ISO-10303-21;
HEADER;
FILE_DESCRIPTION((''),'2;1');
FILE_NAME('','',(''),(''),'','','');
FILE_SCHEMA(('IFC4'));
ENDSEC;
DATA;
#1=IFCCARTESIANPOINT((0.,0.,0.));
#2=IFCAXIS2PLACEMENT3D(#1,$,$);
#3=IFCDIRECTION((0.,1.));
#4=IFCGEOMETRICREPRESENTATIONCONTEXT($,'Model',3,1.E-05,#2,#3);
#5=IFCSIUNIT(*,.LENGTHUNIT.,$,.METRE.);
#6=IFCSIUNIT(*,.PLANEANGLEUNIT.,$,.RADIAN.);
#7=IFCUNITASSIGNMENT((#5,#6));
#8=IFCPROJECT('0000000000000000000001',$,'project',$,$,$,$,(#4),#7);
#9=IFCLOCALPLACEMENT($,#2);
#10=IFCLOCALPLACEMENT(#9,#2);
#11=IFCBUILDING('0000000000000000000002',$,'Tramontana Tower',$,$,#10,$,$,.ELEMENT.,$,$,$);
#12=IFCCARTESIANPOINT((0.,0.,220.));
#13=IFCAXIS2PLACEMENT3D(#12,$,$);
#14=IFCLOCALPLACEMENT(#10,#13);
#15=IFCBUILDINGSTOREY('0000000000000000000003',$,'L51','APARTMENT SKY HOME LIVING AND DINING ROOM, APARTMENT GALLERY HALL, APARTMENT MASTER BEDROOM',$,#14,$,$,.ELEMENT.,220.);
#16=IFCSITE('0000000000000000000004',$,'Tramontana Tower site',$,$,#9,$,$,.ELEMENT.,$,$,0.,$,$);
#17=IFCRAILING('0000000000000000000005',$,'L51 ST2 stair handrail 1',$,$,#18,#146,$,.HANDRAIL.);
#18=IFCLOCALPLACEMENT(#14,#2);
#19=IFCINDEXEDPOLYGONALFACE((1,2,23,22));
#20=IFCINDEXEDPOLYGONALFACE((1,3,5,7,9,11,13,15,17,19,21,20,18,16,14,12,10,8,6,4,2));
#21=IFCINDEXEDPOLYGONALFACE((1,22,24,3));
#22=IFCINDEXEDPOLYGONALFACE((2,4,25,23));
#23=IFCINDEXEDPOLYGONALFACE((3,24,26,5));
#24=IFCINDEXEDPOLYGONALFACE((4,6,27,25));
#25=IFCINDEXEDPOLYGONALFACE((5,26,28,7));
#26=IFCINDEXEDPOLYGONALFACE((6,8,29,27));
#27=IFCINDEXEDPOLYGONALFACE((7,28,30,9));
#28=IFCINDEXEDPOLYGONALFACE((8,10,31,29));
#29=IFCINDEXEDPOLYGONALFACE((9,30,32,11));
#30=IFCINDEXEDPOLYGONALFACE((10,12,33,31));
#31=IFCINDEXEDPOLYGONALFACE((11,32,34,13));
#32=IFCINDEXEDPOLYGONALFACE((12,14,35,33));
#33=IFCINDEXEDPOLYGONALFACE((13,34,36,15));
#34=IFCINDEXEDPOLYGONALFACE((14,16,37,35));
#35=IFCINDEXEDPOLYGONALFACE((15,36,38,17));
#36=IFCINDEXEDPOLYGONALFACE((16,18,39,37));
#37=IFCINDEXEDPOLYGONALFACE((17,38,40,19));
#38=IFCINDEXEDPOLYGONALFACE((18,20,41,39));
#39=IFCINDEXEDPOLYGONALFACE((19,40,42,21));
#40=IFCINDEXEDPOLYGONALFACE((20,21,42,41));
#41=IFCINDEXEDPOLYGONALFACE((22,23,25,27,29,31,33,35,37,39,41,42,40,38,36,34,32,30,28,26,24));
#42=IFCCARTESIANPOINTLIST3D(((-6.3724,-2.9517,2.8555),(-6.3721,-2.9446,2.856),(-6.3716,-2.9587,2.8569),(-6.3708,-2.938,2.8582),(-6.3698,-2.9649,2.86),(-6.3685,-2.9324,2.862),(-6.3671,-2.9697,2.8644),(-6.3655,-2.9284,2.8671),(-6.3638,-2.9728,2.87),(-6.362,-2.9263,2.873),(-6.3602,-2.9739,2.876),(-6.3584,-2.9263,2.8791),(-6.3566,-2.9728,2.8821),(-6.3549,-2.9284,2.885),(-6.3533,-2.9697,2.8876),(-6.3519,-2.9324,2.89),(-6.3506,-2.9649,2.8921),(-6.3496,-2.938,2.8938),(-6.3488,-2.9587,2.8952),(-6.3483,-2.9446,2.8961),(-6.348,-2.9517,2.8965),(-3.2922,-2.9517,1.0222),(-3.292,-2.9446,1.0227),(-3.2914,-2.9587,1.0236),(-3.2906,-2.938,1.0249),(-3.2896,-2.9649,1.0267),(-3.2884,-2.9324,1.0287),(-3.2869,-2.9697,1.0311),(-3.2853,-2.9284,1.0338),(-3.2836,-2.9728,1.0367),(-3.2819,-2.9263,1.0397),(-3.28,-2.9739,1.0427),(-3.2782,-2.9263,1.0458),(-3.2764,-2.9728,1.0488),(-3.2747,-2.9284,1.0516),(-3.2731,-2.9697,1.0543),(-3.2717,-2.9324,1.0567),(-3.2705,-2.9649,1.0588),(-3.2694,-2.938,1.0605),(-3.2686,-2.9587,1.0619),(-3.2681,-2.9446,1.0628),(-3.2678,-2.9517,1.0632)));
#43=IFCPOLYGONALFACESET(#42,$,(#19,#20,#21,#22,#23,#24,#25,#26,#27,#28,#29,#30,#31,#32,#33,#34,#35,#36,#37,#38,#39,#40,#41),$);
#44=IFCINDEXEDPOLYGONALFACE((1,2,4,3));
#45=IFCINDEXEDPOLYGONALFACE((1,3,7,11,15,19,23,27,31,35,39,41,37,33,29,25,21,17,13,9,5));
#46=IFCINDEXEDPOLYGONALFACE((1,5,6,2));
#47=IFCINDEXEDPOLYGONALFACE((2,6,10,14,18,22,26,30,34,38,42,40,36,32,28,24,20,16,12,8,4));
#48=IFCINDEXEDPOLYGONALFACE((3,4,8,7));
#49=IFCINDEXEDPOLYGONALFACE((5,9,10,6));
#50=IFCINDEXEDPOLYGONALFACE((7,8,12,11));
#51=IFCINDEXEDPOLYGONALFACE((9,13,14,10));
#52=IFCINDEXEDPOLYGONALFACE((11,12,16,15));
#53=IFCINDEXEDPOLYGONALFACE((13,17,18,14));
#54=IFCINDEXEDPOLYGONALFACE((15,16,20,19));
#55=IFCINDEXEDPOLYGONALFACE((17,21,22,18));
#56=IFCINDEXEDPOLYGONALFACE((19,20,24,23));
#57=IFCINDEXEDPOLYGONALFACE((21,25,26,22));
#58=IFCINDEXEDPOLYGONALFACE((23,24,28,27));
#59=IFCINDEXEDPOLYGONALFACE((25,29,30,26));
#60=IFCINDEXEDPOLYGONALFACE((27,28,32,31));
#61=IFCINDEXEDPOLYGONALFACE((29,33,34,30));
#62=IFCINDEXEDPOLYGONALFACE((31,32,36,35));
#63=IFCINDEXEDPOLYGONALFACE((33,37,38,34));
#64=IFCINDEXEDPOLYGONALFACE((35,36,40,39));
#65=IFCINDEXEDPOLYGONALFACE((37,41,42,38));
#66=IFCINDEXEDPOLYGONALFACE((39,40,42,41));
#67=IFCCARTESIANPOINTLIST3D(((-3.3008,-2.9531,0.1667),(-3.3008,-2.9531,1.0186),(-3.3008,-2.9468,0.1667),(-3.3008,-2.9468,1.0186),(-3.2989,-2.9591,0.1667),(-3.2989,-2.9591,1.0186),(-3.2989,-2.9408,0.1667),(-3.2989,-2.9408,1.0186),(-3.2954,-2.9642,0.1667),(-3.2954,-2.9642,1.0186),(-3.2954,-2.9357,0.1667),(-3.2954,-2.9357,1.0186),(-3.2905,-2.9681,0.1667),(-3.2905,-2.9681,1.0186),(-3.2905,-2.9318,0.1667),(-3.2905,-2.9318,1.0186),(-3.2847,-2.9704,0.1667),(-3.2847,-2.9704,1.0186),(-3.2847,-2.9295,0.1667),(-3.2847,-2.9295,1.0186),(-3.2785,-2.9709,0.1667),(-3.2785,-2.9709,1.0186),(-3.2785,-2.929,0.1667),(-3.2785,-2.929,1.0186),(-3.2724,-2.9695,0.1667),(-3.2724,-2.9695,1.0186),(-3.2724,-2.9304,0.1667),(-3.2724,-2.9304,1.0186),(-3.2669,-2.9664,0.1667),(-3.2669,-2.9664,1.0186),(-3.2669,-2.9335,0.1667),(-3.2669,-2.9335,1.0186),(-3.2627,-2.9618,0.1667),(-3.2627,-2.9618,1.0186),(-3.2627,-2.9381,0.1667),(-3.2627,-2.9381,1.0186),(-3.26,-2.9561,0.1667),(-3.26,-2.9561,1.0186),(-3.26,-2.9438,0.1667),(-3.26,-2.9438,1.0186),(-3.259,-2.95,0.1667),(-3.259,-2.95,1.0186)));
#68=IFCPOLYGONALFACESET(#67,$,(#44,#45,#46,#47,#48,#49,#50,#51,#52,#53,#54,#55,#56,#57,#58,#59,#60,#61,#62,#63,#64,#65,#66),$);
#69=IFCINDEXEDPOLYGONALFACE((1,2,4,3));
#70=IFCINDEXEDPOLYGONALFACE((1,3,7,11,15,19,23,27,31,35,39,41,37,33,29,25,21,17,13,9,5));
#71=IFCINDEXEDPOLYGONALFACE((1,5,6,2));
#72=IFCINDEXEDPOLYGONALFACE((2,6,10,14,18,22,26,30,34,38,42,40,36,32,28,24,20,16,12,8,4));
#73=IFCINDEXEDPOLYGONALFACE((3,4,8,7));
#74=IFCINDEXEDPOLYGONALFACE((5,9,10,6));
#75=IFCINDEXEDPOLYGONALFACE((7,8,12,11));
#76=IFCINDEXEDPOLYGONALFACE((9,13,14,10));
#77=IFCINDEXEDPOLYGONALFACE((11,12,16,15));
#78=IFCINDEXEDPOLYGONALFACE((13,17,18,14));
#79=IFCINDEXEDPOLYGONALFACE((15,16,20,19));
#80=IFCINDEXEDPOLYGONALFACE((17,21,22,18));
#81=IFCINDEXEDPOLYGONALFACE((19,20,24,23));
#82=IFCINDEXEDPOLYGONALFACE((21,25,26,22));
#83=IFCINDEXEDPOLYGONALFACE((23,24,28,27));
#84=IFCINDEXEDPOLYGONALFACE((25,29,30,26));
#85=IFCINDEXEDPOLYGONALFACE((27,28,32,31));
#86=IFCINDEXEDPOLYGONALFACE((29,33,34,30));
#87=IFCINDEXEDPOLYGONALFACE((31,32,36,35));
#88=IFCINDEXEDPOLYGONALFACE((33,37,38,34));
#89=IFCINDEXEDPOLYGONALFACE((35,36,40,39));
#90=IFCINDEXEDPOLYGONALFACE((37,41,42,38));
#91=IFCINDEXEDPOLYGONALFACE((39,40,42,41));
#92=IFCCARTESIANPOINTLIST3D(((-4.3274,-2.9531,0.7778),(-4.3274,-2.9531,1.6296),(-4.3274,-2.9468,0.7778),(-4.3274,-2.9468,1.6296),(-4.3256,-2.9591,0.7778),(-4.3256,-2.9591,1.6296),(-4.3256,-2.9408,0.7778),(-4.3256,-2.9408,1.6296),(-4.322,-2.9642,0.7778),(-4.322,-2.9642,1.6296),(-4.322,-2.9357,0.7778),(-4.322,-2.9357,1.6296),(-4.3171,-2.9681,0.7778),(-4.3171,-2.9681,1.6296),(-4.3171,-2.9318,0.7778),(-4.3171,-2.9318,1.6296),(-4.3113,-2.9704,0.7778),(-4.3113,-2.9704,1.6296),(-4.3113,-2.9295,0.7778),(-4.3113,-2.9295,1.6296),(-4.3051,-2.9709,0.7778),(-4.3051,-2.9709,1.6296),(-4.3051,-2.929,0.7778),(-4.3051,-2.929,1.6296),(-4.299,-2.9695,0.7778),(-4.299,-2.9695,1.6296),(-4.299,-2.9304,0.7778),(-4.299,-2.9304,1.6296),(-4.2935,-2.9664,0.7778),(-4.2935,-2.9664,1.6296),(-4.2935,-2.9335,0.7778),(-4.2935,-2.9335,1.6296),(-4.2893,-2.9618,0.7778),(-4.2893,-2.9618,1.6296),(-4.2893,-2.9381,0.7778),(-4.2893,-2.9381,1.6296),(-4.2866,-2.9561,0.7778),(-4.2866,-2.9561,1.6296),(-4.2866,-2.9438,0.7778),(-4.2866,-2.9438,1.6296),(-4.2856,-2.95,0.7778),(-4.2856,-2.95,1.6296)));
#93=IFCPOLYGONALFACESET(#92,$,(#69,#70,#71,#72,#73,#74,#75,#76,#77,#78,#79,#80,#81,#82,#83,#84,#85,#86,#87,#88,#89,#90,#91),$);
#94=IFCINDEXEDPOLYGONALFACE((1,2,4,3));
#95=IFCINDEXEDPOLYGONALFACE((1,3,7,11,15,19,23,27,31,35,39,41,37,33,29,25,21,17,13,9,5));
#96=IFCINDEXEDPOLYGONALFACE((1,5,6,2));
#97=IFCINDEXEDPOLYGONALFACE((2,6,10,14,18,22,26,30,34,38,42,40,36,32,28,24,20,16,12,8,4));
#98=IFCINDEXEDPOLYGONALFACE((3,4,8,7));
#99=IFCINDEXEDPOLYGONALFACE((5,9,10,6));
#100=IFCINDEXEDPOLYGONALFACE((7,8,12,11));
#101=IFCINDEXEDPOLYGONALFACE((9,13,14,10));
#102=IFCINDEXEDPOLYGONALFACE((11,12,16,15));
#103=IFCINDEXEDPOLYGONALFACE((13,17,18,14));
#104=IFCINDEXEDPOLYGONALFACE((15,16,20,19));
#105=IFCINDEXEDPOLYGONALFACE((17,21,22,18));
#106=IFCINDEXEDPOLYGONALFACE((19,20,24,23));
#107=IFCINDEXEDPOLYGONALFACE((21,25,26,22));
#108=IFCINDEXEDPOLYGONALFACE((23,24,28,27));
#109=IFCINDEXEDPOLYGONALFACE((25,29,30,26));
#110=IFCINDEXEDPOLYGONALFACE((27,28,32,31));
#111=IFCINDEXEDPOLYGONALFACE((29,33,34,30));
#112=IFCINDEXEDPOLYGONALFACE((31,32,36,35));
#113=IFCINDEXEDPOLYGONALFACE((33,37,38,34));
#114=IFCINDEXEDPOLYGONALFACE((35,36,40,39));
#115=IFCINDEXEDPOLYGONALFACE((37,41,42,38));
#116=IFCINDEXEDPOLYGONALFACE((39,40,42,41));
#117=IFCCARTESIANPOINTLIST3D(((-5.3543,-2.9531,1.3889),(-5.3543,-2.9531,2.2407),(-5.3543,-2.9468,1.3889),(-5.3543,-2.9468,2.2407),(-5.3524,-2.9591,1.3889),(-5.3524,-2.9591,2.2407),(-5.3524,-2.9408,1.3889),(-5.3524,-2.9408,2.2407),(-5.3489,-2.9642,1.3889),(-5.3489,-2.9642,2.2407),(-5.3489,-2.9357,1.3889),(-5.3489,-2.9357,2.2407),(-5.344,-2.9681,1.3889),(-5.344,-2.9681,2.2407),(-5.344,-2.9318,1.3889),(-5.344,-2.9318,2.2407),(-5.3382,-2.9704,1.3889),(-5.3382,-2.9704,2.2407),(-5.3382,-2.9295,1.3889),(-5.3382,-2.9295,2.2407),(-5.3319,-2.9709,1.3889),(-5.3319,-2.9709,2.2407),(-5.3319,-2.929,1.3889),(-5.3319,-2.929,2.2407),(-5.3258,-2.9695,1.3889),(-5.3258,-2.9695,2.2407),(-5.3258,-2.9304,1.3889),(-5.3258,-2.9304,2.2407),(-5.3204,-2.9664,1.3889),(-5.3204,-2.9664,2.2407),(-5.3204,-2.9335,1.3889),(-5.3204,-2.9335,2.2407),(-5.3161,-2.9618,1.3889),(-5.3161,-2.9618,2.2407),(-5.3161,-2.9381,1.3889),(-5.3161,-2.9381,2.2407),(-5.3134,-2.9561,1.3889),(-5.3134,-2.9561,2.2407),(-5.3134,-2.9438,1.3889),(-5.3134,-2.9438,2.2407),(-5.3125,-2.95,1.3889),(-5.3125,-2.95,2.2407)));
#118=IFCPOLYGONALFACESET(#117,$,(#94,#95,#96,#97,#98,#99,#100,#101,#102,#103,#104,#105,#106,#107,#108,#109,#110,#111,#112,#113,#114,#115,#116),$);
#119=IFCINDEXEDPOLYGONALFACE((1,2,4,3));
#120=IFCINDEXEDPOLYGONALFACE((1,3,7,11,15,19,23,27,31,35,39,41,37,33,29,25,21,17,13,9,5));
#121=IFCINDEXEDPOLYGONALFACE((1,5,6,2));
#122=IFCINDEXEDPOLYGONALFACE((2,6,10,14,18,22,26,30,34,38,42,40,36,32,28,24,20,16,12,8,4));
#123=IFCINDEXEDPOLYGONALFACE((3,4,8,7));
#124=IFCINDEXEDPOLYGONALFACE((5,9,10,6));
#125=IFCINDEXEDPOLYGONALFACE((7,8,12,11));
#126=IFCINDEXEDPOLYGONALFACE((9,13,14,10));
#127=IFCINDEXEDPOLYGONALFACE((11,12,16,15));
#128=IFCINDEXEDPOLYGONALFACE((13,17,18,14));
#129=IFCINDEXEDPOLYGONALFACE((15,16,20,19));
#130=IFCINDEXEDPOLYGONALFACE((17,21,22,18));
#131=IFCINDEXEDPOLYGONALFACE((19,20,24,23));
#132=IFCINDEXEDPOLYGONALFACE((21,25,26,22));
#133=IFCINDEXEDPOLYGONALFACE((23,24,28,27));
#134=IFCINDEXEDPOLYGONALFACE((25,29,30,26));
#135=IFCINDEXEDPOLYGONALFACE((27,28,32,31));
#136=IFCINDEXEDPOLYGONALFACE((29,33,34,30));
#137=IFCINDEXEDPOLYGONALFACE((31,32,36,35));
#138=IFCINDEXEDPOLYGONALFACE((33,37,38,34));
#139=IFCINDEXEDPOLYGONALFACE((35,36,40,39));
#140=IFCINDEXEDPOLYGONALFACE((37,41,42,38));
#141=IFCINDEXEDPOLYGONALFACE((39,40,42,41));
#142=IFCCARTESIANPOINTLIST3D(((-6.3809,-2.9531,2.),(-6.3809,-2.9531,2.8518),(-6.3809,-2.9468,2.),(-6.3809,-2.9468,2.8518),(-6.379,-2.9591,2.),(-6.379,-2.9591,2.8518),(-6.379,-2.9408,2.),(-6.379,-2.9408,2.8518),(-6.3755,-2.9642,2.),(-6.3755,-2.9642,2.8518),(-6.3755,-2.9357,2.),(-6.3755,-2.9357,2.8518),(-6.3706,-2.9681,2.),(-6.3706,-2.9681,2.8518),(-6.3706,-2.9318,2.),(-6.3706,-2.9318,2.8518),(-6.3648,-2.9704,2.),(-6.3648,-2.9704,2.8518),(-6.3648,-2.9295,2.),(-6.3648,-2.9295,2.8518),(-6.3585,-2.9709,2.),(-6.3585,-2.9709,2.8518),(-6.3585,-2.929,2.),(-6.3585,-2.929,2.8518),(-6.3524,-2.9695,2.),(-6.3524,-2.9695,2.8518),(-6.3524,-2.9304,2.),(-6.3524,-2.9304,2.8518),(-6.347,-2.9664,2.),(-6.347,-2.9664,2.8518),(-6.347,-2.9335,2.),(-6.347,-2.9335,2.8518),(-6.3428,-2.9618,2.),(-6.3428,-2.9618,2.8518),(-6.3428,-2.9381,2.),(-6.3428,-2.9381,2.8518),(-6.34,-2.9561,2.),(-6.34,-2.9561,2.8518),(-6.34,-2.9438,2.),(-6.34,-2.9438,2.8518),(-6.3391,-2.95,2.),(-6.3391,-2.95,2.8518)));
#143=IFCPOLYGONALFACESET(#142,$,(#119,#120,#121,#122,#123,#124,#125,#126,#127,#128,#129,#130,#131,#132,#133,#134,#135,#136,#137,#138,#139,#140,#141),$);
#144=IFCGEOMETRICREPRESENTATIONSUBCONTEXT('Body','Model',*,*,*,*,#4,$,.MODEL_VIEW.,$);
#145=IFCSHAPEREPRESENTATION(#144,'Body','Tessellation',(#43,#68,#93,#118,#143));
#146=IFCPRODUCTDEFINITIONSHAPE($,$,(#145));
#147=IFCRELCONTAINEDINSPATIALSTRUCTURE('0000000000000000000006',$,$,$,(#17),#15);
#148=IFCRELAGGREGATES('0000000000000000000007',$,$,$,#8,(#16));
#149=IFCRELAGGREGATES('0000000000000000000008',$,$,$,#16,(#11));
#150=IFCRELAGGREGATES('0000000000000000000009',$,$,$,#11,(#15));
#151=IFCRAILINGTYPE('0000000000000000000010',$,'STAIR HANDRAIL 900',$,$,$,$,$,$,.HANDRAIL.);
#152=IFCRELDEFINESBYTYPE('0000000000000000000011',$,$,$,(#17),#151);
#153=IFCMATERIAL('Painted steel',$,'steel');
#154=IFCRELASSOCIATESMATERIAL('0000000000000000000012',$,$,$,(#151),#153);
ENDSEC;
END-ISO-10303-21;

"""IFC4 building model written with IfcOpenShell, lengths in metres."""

from ifc_helpers import new_model, si_unit, direction, frame, origin, origin_2d, place, context, subcontext, project, spatial, circle, extrude, material, type_object, element, save


model = new_model("IFC4")

# Units and contexts
model_context = context("Model", 3, precision=1e-05, world=origin(), true_north=direction((0.0, 1.0)))
body_context = subcontext(model_context, "Body", "Model", "MODEL_VIEW")
ifc_project = project(units=[si_unit("LENGTHUNIT", "METRE"), si_unit("PLANEANGLEUNIT", "RADIAN")], contexts=[model_context])

# Site, building, storey
site_placement = place(None, origin())
site = spatial("IfcSite", under=ifc_project, at=site_placement, Name="Tramontana Tower site", CompositionType="ELEMENT", RefElevation=0.0)
building_placement = place(site_placement, origin())
building = spatial("IfcBuilding", under=site, at=building_placement, Name="Tramontana Tower", CompositionType="ELEMENT")
storey_placement = place(building_placement, frame((0.0, 0.0, 220.0)))
storey = spatial("IfcBuildingStorey", under=building, at=storey_placement, Name="L51", Description="APARTMENT SKY HOME LIVING AND DINING ROOM, APARTMENT GALLERY HALL, APARTMENT MASTER BEDROOM", CompositionType="ELEMENT", Elevation=220.0)

# Railing
ifc_material_1 = material(Name="Painted steel", Category="steel")
railing_type_1 = type_object("IfcRailingType", Name="STAIR HANDRAIL 900", PredefinedType="HANDRAIL", material=ifc_material_1)
railing_1_placement = place(storey_placement, frame((-3.28, -2.95, 0.1667)))
element("IfcRailing", 1, at=railing_1_placement, inside=storey, type_object=railing_type_1, Name="L51 ST2 stair handrail 1", PredefinedType="HANDRAIL", context=body_context, shape_type="SweptSolid", body=[
    extrude(circle(Radius=0.0239, at=origin_2d()), frame((0.0, 0.0, 0.876), z_axis=(-0.859309, 0.0, 0.511458), x_axis=(0.0, -1.0, 0.0)), (0.0, 0.0, 1.0), 3.5845),
    extrude(circle(Radius=0.021, at=origin_2d()), origin(), (0.0, 0.0, 1.0), 0.8518),
    extrude(circle(Radius=0.021, at=origin_2d()), frame((-1.0266, 0.0, 0.6111)), (0.0, 0.0, 1.0), 0.8518),
    extrude(circle(Radius=0.021, at=origin_2d()), frame((-2.0535, 0.0, 1.2222)), (0.0, 0.0, 1.0), 0.8518),
    extrude(circle(Radius=0.021, at=origin_2d()), frame((-3.0801, 0.0, 1.8333)), (0.0, 0.0, 1.0), 0.8518),
])

save(model, "model.ifc")
